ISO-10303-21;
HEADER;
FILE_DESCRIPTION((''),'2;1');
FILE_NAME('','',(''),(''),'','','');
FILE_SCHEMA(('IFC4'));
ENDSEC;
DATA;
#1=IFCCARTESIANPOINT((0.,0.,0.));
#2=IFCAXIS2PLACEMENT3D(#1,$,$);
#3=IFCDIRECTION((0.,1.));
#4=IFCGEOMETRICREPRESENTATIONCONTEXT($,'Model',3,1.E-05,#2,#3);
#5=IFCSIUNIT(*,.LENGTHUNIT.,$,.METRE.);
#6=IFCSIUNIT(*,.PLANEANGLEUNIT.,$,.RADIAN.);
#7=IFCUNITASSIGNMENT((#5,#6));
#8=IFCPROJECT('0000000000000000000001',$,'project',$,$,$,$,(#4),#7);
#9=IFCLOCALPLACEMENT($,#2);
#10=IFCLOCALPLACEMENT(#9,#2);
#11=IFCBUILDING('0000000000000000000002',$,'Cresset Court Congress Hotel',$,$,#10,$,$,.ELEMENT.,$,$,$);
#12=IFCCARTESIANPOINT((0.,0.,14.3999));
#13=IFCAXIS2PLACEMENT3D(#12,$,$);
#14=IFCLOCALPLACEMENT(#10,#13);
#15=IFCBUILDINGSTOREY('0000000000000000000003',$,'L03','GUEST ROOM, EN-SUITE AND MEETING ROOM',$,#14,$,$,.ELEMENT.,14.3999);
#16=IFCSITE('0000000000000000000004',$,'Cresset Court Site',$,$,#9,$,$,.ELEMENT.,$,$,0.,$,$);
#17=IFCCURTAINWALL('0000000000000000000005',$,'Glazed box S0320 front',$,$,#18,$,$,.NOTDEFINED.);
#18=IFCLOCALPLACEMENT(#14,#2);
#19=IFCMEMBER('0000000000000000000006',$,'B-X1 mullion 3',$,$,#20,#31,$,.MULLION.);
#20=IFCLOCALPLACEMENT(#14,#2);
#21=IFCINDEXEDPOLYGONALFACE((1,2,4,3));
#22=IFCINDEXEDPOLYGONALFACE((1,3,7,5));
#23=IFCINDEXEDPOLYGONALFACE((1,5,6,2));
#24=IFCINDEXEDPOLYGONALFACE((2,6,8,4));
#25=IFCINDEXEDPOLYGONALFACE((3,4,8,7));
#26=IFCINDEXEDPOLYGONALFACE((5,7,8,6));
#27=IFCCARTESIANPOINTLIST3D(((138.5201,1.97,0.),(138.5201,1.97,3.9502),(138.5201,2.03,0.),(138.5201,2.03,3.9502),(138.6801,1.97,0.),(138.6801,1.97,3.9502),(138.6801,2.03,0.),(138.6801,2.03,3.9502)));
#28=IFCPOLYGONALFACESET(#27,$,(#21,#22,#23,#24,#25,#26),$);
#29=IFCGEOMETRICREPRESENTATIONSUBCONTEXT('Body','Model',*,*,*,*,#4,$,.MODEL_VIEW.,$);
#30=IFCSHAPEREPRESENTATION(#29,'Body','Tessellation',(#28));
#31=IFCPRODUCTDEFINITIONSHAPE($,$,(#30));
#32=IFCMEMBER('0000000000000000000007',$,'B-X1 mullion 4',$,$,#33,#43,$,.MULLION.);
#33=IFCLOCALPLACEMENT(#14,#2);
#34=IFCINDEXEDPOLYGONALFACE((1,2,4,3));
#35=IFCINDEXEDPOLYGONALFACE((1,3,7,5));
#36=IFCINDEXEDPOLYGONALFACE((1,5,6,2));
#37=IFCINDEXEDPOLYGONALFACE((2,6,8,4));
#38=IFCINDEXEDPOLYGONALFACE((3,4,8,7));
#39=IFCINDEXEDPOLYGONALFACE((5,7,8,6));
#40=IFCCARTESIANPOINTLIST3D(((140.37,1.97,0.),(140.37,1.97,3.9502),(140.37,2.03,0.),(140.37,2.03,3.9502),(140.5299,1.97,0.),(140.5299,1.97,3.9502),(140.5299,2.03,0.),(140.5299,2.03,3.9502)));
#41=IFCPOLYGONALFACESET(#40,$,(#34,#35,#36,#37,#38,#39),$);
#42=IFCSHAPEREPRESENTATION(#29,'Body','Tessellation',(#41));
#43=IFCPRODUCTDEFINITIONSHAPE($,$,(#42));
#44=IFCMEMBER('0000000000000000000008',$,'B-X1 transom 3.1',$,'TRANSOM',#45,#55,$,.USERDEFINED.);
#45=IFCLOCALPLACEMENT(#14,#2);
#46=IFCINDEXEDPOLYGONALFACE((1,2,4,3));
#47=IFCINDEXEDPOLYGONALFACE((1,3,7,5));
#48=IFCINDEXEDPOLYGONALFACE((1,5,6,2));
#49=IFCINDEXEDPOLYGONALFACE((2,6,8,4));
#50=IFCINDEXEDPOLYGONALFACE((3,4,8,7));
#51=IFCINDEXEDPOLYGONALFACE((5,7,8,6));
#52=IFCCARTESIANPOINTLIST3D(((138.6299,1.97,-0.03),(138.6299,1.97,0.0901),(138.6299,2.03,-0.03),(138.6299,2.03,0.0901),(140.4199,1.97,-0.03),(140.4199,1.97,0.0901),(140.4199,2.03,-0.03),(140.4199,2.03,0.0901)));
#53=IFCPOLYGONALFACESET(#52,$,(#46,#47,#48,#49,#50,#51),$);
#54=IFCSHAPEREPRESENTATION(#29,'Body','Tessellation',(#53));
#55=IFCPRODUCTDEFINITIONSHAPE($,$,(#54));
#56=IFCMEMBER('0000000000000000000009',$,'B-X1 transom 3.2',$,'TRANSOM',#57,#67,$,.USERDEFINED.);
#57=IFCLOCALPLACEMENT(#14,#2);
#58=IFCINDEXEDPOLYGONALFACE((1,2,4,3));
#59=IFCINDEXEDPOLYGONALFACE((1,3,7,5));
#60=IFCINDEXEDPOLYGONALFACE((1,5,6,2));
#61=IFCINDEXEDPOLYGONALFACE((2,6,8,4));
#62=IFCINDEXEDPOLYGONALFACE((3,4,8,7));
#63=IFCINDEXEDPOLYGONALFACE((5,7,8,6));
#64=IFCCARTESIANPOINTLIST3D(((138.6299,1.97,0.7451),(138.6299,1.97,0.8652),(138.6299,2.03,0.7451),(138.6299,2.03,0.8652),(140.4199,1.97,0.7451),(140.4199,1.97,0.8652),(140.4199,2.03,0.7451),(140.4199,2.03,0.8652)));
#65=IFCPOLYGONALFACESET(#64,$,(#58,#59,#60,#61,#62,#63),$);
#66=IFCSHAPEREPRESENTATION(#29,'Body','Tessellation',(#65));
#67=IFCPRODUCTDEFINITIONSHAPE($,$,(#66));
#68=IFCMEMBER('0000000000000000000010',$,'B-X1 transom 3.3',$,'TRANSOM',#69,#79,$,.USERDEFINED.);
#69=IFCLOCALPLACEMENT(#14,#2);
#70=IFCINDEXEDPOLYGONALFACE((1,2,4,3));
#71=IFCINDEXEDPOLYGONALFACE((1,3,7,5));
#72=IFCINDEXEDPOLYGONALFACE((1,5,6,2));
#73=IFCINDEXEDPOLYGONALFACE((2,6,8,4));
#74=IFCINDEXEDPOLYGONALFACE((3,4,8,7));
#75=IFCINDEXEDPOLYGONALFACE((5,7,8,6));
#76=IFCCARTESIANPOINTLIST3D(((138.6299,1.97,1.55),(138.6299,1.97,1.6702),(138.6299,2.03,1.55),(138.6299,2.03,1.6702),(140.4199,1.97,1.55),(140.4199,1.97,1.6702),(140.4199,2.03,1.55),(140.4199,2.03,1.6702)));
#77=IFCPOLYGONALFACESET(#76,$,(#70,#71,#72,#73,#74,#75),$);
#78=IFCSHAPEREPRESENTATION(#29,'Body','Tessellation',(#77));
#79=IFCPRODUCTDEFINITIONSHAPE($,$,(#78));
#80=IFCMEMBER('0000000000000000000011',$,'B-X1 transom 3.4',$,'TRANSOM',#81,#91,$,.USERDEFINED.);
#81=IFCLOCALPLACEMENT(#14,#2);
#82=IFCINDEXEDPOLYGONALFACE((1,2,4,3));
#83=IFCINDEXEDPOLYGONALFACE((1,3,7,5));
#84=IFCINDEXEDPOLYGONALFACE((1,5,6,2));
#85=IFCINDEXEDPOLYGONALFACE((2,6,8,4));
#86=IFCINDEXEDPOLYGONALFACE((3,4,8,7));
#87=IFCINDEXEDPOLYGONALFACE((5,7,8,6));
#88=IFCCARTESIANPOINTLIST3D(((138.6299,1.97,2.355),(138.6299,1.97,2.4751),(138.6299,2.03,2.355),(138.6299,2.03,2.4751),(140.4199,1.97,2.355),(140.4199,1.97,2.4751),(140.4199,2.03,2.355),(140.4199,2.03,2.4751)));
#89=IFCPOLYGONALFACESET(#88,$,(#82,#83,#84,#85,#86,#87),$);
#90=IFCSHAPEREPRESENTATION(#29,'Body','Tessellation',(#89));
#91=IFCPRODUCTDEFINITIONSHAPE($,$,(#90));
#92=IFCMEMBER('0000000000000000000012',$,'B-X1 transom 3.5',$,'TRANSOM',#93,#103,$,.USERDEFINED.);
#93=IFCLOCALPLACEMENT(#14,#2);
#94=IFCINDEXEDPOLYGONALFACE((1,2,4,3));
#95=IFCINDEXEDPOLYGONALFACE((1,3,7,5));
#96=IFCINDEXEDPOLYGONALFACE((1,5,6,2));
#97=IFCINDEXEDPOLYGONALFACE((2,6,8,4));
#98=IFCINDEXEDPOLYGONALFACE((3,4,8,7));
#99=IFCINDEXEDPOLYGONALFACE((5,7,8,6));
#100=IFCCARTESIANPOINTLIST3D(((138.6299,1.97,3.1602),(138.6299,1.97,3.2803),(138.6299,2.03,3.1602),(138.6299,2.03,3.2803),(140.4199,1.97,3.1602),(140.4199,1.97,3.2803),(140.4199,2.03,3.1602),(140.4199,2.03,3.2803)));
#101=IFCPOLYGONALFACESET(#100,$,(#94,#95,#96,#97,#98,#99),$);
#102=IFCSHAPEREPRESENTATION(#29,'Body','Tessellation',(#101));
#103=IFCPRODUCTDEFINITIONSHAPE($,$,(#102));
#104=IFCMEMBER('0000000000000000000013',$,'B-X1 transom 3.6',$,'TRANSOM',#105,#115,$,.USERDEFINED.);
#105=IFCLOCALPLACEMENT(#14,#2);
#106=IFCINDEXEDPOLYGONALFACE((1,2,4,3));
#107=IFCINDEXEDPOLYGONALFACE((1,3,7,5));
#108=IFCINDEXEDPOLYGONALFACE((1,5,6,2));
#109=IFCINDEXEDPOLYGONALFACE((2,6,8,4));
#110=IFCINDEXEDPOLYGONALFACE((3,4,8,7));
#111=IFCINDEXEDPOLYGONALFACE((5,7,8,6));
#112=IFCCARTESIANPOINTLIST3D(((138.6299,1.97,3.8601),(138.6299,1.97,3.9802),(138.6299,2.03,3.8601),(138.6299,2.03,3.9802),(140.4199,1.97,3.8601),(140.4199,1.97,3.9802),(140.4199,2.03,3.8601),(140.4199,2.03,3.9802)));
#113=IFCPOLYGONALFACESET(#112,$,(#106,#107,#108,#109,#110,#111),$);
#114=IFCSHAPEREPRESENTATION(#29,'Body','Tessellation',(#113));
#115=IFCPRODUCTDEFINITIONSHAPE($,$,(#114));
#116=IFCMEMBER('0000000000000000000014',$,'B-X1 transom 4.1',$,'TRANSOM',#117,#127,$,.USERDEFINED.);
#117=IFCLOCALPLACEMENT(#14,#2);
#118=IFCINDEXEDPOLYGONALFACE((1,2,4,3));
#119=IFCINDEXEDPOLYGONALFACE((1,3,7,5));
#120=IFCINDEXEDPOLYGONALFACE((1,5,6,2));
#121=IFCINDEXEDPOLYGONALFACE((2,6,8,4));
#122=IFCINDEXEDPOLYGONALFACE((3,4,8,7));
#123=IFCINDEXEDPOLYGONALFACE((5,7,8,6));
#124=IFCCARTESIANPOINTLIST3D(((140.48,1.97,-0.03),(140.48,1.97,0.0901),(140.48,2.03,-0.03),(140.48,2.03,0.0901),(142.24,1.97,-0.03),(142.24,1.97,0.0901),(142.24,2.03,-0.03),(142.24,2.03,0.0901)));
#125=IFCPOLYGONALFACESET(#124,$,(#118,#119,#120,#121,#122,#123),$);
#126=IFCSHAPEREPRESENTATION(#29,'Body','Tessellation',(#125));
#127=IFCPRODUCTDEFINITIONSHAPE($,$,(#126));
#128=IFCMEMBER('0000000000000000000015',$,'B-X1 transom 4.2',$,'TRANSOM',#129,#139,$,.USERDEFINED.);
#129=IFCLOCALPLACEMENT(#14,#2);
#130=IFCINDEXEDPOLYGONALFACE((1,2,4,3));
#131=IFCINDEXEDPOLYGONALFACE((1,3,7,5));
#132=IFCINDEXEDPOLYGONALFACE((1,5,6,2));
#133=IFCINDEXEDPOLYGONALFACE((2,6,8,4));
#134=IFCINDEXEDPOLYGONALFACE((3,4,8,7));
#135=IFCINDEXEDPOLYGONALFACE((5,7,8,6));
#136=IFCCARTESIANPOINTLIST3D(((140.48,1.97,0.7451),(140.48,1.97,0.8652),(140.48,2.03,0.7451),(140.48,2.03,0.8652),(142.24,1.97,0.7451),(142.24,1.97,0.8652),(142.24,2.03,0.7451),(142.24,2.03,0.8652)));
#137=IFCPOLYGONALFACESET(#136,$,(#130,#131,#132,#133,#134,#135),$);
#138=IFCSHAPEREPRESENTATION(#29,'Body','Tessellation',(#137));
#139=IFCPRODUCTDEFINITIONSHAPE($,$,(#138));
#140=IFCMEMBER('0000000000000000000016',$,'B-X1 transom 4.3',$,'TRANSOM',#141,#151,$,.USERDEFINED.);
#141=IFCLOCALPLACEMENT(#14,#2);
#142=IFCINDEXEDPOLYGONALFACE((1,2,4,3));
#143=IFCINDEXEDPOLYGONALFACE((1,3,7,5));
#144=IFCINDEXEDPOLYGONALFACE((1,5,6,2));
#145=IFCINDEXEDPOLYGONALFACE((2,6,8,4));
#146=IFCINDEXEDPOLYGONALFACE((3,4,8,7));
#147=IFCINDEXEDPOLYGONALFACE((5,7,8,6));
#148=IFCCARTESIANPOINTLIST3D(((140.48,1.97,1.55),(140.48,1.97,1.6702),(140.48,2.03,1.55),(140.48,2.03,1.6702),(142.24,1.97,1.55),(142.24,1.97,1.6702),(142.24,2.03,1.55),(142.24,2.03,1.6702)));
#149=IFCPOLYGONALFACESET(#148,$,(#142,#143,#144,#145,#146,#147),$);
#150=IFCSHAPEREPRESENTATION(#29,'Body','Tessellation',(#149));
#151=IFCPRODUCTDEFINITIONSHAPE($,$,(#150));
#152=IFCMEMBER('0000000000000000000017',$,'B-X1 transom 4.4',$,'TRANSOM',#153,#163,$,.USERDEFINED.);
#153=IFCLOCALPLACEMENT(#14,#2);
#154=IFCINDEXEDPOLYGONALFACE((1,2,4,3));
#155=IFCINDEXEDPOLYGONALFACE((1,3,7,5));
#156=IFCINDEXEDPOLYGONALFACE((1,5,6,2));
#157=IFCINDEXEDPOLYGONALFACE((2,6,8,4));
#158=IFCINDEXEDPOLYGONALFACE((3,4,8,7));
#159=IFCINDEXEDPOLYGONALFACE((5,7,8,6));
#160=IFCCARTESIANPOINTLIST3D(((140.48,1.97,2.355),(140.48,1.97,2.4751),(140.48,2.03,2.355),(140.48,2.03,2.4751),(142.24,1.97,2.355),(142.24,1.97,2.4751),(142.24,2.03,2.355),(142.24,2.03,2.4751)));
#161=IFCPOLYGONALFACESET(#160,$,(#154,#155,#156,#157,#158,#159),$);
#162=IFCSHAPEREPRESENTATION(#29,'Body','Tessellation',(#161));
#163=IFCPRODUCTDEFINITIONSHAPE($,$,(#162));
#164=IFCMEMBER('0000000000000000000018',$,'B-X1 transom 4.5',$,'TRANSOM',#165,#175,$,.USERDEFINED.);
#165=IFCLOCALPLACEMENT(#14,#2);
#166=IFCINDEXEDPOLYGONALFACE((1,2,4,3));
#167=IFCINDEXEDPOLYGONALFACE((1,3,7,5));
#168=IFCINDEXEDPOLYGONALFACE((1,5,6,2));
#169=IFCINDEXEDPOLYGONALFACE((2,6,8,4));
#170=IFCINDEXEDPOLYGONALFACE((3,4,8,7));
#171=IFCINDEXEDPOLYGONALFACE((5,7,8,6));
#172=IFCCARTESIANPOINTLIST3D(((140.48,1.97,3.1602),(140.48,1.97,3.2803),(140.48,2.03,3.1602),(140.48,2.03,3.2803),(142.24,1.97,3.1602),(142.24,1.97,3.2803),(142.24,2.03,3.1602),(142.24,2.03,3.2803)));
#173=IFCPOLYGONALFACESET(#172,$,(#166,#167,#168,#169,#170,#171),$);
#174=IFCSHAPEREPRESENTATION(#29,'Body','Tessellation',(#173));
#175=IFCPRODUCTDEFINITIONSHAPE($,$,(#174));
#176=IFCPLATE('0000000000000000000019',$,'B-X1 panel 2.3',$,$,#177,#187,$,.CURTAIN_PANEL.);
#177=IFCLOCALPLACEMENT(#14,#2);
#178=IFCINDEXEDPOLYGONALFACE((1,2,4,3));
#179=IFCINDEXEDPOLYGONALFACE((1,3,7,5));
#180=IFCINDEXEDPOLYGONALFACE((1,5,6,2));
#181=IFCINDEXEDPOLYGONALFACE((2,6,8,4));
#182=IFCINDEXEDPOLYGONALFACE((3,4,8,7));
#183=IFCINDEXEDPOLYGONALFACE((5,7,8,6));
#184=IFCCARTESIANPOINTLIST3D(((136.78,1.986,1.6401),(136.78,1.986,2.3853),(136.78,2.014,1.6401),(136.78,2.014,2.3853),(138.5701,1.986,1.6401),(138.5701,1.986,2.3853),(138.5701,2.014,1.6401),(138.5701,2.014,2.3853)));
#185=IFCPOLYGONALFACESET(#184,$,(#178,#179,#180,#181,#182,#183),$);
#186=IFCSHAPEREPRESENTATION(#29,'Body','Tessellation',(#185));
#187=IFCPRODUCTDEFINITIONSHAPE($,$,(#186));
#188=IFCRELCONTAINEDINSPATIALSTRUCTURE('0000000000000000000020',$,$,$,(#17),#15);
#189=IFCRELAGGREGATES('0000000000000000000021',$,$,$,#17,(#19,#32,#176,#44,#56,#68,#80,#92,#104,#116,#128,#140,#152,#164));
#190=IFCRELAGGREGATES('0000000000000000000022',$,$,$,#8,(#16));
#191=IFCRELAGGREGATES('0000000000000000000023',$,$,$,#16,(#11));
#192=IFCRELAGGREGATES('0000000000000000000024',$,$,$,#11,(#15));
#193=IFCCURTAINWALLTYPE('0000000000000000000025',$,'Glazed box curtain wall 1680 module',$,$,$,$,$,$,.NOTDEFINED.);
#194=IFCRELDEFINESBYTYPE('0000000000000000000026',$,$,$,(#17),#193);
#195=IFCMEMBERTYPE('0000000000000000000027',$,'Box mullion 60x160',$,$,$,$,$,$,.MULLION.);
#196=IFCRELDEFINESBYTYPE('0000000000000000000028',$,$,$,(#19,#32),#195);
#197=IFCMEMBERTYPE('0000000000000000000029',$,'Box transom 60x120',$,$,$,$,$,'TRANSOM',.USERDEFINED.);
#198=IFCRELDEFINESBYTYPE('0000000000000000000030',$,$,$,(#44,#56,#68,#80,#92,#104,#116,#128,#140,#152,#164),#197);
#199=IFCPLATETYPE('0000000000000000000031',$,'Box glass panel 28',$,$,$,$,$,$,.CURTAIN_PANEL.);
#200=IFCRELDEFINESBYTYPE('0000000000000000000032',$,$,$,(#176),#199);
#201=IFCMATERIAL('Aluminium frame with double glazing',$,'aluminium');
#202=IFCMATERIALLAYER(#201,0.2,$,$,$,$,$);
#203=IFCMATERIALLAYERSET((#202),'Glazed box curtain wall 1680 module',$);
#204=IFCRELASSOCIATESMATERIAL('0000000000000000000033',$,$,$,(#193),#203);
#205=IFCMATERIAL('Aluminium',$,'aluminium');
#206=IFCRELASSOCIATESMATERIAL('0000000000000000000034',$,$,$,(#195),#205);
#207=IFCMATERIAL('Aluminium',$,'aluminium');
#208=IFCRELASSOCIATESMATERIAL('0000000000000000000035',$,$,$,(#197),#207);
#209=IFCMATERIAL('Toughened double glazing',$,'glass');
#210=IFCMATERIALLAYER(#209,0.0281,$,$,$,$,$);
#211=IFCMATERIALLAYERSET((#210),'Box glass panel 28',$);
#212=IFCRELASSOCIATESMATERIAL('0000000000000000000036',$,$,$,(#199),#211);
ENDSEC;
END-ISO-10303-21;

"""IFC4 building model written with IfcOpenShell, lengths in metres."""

from ifc_helpers import new_model, si_unit, direction, frame, origin, origin_2d, place, context, subcontext, project, spatial, rectangle, extrude, material, layer, layer_set, material_profile, profile_set, type_object, element, aggregate, save


model = new_model("IFC4")

# Units and contexts
model_context = context("Model", 3, precision=1e-05, world=origin(), true_north=direction((0.0, 1.0)))
body_context = subcontext(model_context, "Body", "Model", "MODEL_VIEW")
ifc_project = project(units=[si_unit("LENGTHUNIT", "METRE"), si_unit("PLANEANGLEUNIT", "RADIAN")], contexts=[model_context])

# Site, building, storey
site_placement = place(None, origin())
site = spatial("IfcSite", under=ifc_project, at=site_placement, Name="Cresset Court Site", CompositionType="ELEMENT", RefElevation=0.0)
building_placement = place(site_placement, origin())
building = spatial("IfcBuilding", under=site, at=building_placement, Name="Cresset Court Congress Hotel", CompositionType="ELEMENT")
storey_placement = place(building_placement, frame((0.0, 0.0, 14.3999)))
storey = spatial("IfcBuildingStorey", under=building, at=storey_placement, Name="L03", Description="GUEST ROOM, EN-SUITE AND MEETING ROOM", CompositionType="ELEMENT", Elevation=14.3999)

# Curtain wall, members, plate
ifc_material_1 = material(Name="Aluminium frame with double glazing", Category="aluminium")
ifc_layer_1 = layer(ifc_material_1, 0.2)
ifc_layer_set_1 = layer_set([ifc_layer_1], Name="Glazed box curtain wall 1680 module")
curtain_wall_type = type_object("IfcCurtainWallType", Name="Glazed box curtain wall 1680 module", PredefinedType="NOTDEFINED", material=ifc_layer_set_1)
curtain_wall_placement = place(storey_placement, origin())
curtain_wall = element("IfcCurtainWall", 1, at=curtain_wall_placement, inside=storey, type_object=curtain_wall_type, Name="Glazed box S0320 front", PredefinedType="NOTDEFINED")
ifc_material_2 = material(Name="Aluminium", Category="aluminium")
ifc_material_profile_1 = material_profile(ifc_material_2, rectangle(XDim=0.0601, YDim=0.1599, at=origin_2d()), Name="Box mullion 60x160")
ifc_profile_set_1 = profile_set([ifc_material_profile_1], Name="Aluminium")
member_type_1 = type_object("IfcMemberType", Name="Box mullion 60x160", PredefinedType="MULLION", material=ifc_profile_set_1)
member_1_placement = place(storey_placement, frame((138.6001, 2.0, 0.0), z_axis=(0.0, 0.0, 1.0), x_axis=(0.0, 1.0, 0.0)))
member_1 = element("IfcMember", 2, at=member_1_placement, type_object=member_type_1, Name="B-X1 mullion 3", PredefinedType="MULLION", context=body_context, shape_type="SweptSolid", body=[
    extrude(rectangle(XDim=0.0601, YDim=0.1599, at=origin_2d()), origin(), (0.0, 0.0, 1.0), 3.9502),
])
member_2_placement = place(storey_placement, frame((140.45, 2.0, 0.0), z_axis=(0.0, 0.0, 1.0), x_axis=(0.0, 1.0, 0.0)))
member_2 = element("IfcMember", 3, at=member_2_placement, type_object=member_type_1, Name="B-X1 mullion 4", PredefinedType="MULLION", context=body_context, shape_type="SweptSolid", body=[
    extrude(rectangle(XDim=0.0601, YDim=0.1599, at=origin_2d()), origin(), (0.0, 0.0, 1.0), 3.9502),
])
ifc_material_3 = material(Name="Aluminium", Category="aluminium")
ifc_material_profile_2 = material_profile(ifc_material_3, rectangle(XDim=0.0601, YDim=0.1201, at=origin_2d()), Name="Box transom 60x120")
ifc_profile_set_2 = profile_set([ifc_material_profile_2], Name="Aluminium")
member_type_2 = type_object("IfcMemberType", Name="Box transom 60x120", ElementType="TRANSOM", PredefinedType="USERDEFINED", material=ifc_profile_set_2)
member_3_placement = place(storey_placement, frame((138.6299, 2.0, 0.03), z_axis=(1.0, 0.0, 0.0), x_axis=(0.0, 1.0, 0.0)))
member_3 = element("IfcMember", 4, at=member_3_placement, type_object=member_type_2, Name="B-X1 transom 3.1", ObjectType="TRANSOM", PredefinedType="USERDEFINED", context=body_context, shape_type="SweptSolid", body=[
    extrude(rectangle(XDim=0.0601, YDim=0.1201, at=origin_2d()), origin(), (0.0, 0.0, 1.0), 1.79),
])
member_4_placement = place(storey_placement, frame((138.6299, 2.0, 0.8052), z_axis=(1.0, 0.0, 0.0), x_axis=(0.0, 1.0, 0.0)))
member_4 = element("IfcMember", 5, at=member_4_placement, type_object=member_type_2, Name="B-X1 transom 3.2", ObjectType="TRANSOM", PredefinedType="USERDEFINED", context=body_context, shape_type="SweptSolid", body=[
    extrude(rectangle(XDim=0.0601, YDim=0.1201, at=origin_2d()), origin(), (0.0, 0.0, 1.0), 1.79),
])
member_5_placement = place(storey_placement, frame((138.6299, 2.0, 1.6101), z_axis=(1.0, 0.0, 0.0), x_axis=(0.0, 1.0, 0.0)))
member_5 = element("IfcMember", 6, at=member_5_placement, type_object=member_type_2, Name="B-X1 transom 3.3", ObjectType="TRANSOM", PredefinedType="USERDEFINED", context=body_context, shape_type="SweptSolid", body=[
    extrude(rectangle(XDim=0.0601, YDim=0.1201, at=origin_2d()), origin(), (0.0, 0.0, 1.0), 1.79),
])
member_6_placement = place(storey_placement, frame((138.6299, 2.0, 2.415), z_axis=(1.0, 0.0, 0.0), x_axis=(0.0, 1.0, 0.0)))
member_6 = element("IfcMember", 7, at=member_6_placement, type_object=member_type_2, Name="B-X1 transom 3.4", ObjectType="TRANSOM", PredefinedType="USERDEFINED", context=body_context, shape_type="SweptSolid", body=[
    extrude(rectangle(XDim=0.0601, YDim=0.1201, at=origin_2d()), origin(), (0.0, 0.0, 1.0), 1.79),
])
member_7_placement = place(storey_placement, frame((138.6299, 2.0, 3.2202), z_axis=(1.0, 0.0, 0.0), x_axis=(0.0, 1.0, 0.0)))
member_7 = element("IfcMember", 8, at=member_7_placement, type_object=member_type_2, Name="B-X1 transom 3.5", ObjectType="TRANSOM", PredefinedType="USERDEFINED", context=body_context, shape_type="SweptSolid", body=[
    extrude(rectangle(XDim=0.0601, YDim=0.1201, at=origin_2d()), origin(), (0.0, 0.0, 1.0), 1.79),
])
member_8_placement = place(storey_placement, frame((138.6299, 2.0, 3.9202), z_axis=(1.0, 0.0, 0.0), x_axis=(0.0, 1.0, 0.0)))
member_8 = element("IfcMember", 9, at=member_8_placement, type_object=member_type_2, Name="B-X1 transom 3.6", ObjectType="TRANSOM", PredefinedType="USERDEFINED", context=body_context, shape_type="SweptSolid", body=[
    extrude(rectangle(XDim=0.0601, YDim=0.1201, at=origin_2d()), origin(), (0.0, 0.0, 1.0), 1.79),
])
member_9_placement = place(storey_placement, frame((140.48, 2.0, 0.03), z_axis=(1.0, 0.0, 0.0), x_axis=(0.0, 1.0, 0.0)))
member_9 = element("IfcMember", 10, at=member_9_placement, type_object=member_type_2, Name="B-X1 transom 4.1", ObjectType="TRANSOM", PredefinedType="USERDEFINED", context=body_context, shape_type="SweptSolid", body=[
    extrude(rectangle(XDim=0.0601, YDim=0.1201, at=origin_2d()), origin(), (0.0, 0.0, 1.0), 1.76),
])
member_10_placement = place(storey_placement, frame((140.48, 2.0, 0.8052), z_axis=(1.0, 0.0, 0.0), x_axis=(0.0, 1.0, 0.0)))
member_10 = element("IfcMember", 11, at=member_10_placement, type_object=member_type_2, Name="B-X1 transom 4.2", ObjectType="TRANSOM", PredefinedType="USERDEFINED", context=body_context, shape_type="SweptSolid", body=[
    extrude(rectangle(XDim=0.0601, YDim=0.1201, at=origin_2d()), origin(), (0.0, 0.0, 1.0), 1.76),
])
member_11_placement = place(storey_placement, frame((140.48, 2.0, 1.6101), z_axis=(1.0, 0.0, 0.0), x_axis=(0.0, 1.0, 0.0)))
member_11 = element("IfcMember", 12, at=member_11_placement, type_object=member_type_2, Name="B-X1 transom 4.3", ObjectType="TRANSOM", PredefinedType="USERDEFINED", context=body_context, shape_type="SweptSolid", body=[
    extrude(rectangle(XDim=0.0601, YDim=0.1201, at=origin_2d()), origin(), (0.0, 0.0, 1.0), 1.76),
])
member_12_placement = place(storey_placement, frame((140.48, 2.0, 2.415), z_axis=(1.0, 0.0, 0.0), x_axis=(0.0, 1.0, 0.0)))
member_12 = element("IfcMember", 13, at=member_12_placement, type_object=member_type_2, Name="B-X1 transom 4.4", ObjectType="TRANSOM", PredefinedType="USERDEFINED", context=body_context, shape_type="SweptSolid", body=[
    extrude(rectangle(XDim=0.0601, YDim=0.1201, at=origin_2d()), origin(), (0.0, 0.0, 1.0), 1.76),
])
member_13_placement = place(storey_placement, frame((140.48, 2.0, 3.2202), z_axis=(1.0, 0.0, 0.0), x_axis=(0.0, 1.0, 0.0)))
member_13 = element("IfcMember", 14, at=member_13_placement, type_object=member_type_2, Name="B-X1 transom 4.5", ObjectType="TRANSOM", PredefinedType="USERDEFINED", context=body_context, shape_type="SweptSolid", body=[
    extrude(rectangle(XDim=0.0601, YDim=0.1201, at=origin_2d()), origin(), (0.0, 0.0, 1.0), 1.76),
])
ifc_material_4 = material(Name="Toughened double glazing", Category="glass")
ifc_layer_2 = layer(ifc_material_4, 0.0281)
ifc_layer_set_2 = layer_set([ifc_layer_2], Name="Box glass panel 28")
plate_type_1 = type_object("IfcPlateType", Name="Box glass panel 28", PredefinedType="CURTAIN_PANEL", material=ifc_layer_set_2)
plate_1_placement = place(storey_placement, frame((137.675, 2.0, 1.6401), z_axis=(0.0, 0.0, 1.0), x_axis=(1.0, 0.0, 0.0)))
plate_1 = element("IfcPlate", 15, at=plate_1_placement, type_object=plate_type_1, Name="B-X1 panel 2.3", PredefinedType="CURTAIN_PANEL", context=body_context, shape_type="SweptSolid", body=[
    extrude(rectangle(XDim=1.79, YDim=0.0281, at=origin_2d()), origin(), (0.0, 0.0, 1.0), 0.7451),
])
aggregate(curtain_wall, [member_1, member_2, plate_1, member_3, member_4, member_5, member_6, member_7, member_8, member_9, member_10, member_11, member_12, member_13])

save(model, "model.ifc")
